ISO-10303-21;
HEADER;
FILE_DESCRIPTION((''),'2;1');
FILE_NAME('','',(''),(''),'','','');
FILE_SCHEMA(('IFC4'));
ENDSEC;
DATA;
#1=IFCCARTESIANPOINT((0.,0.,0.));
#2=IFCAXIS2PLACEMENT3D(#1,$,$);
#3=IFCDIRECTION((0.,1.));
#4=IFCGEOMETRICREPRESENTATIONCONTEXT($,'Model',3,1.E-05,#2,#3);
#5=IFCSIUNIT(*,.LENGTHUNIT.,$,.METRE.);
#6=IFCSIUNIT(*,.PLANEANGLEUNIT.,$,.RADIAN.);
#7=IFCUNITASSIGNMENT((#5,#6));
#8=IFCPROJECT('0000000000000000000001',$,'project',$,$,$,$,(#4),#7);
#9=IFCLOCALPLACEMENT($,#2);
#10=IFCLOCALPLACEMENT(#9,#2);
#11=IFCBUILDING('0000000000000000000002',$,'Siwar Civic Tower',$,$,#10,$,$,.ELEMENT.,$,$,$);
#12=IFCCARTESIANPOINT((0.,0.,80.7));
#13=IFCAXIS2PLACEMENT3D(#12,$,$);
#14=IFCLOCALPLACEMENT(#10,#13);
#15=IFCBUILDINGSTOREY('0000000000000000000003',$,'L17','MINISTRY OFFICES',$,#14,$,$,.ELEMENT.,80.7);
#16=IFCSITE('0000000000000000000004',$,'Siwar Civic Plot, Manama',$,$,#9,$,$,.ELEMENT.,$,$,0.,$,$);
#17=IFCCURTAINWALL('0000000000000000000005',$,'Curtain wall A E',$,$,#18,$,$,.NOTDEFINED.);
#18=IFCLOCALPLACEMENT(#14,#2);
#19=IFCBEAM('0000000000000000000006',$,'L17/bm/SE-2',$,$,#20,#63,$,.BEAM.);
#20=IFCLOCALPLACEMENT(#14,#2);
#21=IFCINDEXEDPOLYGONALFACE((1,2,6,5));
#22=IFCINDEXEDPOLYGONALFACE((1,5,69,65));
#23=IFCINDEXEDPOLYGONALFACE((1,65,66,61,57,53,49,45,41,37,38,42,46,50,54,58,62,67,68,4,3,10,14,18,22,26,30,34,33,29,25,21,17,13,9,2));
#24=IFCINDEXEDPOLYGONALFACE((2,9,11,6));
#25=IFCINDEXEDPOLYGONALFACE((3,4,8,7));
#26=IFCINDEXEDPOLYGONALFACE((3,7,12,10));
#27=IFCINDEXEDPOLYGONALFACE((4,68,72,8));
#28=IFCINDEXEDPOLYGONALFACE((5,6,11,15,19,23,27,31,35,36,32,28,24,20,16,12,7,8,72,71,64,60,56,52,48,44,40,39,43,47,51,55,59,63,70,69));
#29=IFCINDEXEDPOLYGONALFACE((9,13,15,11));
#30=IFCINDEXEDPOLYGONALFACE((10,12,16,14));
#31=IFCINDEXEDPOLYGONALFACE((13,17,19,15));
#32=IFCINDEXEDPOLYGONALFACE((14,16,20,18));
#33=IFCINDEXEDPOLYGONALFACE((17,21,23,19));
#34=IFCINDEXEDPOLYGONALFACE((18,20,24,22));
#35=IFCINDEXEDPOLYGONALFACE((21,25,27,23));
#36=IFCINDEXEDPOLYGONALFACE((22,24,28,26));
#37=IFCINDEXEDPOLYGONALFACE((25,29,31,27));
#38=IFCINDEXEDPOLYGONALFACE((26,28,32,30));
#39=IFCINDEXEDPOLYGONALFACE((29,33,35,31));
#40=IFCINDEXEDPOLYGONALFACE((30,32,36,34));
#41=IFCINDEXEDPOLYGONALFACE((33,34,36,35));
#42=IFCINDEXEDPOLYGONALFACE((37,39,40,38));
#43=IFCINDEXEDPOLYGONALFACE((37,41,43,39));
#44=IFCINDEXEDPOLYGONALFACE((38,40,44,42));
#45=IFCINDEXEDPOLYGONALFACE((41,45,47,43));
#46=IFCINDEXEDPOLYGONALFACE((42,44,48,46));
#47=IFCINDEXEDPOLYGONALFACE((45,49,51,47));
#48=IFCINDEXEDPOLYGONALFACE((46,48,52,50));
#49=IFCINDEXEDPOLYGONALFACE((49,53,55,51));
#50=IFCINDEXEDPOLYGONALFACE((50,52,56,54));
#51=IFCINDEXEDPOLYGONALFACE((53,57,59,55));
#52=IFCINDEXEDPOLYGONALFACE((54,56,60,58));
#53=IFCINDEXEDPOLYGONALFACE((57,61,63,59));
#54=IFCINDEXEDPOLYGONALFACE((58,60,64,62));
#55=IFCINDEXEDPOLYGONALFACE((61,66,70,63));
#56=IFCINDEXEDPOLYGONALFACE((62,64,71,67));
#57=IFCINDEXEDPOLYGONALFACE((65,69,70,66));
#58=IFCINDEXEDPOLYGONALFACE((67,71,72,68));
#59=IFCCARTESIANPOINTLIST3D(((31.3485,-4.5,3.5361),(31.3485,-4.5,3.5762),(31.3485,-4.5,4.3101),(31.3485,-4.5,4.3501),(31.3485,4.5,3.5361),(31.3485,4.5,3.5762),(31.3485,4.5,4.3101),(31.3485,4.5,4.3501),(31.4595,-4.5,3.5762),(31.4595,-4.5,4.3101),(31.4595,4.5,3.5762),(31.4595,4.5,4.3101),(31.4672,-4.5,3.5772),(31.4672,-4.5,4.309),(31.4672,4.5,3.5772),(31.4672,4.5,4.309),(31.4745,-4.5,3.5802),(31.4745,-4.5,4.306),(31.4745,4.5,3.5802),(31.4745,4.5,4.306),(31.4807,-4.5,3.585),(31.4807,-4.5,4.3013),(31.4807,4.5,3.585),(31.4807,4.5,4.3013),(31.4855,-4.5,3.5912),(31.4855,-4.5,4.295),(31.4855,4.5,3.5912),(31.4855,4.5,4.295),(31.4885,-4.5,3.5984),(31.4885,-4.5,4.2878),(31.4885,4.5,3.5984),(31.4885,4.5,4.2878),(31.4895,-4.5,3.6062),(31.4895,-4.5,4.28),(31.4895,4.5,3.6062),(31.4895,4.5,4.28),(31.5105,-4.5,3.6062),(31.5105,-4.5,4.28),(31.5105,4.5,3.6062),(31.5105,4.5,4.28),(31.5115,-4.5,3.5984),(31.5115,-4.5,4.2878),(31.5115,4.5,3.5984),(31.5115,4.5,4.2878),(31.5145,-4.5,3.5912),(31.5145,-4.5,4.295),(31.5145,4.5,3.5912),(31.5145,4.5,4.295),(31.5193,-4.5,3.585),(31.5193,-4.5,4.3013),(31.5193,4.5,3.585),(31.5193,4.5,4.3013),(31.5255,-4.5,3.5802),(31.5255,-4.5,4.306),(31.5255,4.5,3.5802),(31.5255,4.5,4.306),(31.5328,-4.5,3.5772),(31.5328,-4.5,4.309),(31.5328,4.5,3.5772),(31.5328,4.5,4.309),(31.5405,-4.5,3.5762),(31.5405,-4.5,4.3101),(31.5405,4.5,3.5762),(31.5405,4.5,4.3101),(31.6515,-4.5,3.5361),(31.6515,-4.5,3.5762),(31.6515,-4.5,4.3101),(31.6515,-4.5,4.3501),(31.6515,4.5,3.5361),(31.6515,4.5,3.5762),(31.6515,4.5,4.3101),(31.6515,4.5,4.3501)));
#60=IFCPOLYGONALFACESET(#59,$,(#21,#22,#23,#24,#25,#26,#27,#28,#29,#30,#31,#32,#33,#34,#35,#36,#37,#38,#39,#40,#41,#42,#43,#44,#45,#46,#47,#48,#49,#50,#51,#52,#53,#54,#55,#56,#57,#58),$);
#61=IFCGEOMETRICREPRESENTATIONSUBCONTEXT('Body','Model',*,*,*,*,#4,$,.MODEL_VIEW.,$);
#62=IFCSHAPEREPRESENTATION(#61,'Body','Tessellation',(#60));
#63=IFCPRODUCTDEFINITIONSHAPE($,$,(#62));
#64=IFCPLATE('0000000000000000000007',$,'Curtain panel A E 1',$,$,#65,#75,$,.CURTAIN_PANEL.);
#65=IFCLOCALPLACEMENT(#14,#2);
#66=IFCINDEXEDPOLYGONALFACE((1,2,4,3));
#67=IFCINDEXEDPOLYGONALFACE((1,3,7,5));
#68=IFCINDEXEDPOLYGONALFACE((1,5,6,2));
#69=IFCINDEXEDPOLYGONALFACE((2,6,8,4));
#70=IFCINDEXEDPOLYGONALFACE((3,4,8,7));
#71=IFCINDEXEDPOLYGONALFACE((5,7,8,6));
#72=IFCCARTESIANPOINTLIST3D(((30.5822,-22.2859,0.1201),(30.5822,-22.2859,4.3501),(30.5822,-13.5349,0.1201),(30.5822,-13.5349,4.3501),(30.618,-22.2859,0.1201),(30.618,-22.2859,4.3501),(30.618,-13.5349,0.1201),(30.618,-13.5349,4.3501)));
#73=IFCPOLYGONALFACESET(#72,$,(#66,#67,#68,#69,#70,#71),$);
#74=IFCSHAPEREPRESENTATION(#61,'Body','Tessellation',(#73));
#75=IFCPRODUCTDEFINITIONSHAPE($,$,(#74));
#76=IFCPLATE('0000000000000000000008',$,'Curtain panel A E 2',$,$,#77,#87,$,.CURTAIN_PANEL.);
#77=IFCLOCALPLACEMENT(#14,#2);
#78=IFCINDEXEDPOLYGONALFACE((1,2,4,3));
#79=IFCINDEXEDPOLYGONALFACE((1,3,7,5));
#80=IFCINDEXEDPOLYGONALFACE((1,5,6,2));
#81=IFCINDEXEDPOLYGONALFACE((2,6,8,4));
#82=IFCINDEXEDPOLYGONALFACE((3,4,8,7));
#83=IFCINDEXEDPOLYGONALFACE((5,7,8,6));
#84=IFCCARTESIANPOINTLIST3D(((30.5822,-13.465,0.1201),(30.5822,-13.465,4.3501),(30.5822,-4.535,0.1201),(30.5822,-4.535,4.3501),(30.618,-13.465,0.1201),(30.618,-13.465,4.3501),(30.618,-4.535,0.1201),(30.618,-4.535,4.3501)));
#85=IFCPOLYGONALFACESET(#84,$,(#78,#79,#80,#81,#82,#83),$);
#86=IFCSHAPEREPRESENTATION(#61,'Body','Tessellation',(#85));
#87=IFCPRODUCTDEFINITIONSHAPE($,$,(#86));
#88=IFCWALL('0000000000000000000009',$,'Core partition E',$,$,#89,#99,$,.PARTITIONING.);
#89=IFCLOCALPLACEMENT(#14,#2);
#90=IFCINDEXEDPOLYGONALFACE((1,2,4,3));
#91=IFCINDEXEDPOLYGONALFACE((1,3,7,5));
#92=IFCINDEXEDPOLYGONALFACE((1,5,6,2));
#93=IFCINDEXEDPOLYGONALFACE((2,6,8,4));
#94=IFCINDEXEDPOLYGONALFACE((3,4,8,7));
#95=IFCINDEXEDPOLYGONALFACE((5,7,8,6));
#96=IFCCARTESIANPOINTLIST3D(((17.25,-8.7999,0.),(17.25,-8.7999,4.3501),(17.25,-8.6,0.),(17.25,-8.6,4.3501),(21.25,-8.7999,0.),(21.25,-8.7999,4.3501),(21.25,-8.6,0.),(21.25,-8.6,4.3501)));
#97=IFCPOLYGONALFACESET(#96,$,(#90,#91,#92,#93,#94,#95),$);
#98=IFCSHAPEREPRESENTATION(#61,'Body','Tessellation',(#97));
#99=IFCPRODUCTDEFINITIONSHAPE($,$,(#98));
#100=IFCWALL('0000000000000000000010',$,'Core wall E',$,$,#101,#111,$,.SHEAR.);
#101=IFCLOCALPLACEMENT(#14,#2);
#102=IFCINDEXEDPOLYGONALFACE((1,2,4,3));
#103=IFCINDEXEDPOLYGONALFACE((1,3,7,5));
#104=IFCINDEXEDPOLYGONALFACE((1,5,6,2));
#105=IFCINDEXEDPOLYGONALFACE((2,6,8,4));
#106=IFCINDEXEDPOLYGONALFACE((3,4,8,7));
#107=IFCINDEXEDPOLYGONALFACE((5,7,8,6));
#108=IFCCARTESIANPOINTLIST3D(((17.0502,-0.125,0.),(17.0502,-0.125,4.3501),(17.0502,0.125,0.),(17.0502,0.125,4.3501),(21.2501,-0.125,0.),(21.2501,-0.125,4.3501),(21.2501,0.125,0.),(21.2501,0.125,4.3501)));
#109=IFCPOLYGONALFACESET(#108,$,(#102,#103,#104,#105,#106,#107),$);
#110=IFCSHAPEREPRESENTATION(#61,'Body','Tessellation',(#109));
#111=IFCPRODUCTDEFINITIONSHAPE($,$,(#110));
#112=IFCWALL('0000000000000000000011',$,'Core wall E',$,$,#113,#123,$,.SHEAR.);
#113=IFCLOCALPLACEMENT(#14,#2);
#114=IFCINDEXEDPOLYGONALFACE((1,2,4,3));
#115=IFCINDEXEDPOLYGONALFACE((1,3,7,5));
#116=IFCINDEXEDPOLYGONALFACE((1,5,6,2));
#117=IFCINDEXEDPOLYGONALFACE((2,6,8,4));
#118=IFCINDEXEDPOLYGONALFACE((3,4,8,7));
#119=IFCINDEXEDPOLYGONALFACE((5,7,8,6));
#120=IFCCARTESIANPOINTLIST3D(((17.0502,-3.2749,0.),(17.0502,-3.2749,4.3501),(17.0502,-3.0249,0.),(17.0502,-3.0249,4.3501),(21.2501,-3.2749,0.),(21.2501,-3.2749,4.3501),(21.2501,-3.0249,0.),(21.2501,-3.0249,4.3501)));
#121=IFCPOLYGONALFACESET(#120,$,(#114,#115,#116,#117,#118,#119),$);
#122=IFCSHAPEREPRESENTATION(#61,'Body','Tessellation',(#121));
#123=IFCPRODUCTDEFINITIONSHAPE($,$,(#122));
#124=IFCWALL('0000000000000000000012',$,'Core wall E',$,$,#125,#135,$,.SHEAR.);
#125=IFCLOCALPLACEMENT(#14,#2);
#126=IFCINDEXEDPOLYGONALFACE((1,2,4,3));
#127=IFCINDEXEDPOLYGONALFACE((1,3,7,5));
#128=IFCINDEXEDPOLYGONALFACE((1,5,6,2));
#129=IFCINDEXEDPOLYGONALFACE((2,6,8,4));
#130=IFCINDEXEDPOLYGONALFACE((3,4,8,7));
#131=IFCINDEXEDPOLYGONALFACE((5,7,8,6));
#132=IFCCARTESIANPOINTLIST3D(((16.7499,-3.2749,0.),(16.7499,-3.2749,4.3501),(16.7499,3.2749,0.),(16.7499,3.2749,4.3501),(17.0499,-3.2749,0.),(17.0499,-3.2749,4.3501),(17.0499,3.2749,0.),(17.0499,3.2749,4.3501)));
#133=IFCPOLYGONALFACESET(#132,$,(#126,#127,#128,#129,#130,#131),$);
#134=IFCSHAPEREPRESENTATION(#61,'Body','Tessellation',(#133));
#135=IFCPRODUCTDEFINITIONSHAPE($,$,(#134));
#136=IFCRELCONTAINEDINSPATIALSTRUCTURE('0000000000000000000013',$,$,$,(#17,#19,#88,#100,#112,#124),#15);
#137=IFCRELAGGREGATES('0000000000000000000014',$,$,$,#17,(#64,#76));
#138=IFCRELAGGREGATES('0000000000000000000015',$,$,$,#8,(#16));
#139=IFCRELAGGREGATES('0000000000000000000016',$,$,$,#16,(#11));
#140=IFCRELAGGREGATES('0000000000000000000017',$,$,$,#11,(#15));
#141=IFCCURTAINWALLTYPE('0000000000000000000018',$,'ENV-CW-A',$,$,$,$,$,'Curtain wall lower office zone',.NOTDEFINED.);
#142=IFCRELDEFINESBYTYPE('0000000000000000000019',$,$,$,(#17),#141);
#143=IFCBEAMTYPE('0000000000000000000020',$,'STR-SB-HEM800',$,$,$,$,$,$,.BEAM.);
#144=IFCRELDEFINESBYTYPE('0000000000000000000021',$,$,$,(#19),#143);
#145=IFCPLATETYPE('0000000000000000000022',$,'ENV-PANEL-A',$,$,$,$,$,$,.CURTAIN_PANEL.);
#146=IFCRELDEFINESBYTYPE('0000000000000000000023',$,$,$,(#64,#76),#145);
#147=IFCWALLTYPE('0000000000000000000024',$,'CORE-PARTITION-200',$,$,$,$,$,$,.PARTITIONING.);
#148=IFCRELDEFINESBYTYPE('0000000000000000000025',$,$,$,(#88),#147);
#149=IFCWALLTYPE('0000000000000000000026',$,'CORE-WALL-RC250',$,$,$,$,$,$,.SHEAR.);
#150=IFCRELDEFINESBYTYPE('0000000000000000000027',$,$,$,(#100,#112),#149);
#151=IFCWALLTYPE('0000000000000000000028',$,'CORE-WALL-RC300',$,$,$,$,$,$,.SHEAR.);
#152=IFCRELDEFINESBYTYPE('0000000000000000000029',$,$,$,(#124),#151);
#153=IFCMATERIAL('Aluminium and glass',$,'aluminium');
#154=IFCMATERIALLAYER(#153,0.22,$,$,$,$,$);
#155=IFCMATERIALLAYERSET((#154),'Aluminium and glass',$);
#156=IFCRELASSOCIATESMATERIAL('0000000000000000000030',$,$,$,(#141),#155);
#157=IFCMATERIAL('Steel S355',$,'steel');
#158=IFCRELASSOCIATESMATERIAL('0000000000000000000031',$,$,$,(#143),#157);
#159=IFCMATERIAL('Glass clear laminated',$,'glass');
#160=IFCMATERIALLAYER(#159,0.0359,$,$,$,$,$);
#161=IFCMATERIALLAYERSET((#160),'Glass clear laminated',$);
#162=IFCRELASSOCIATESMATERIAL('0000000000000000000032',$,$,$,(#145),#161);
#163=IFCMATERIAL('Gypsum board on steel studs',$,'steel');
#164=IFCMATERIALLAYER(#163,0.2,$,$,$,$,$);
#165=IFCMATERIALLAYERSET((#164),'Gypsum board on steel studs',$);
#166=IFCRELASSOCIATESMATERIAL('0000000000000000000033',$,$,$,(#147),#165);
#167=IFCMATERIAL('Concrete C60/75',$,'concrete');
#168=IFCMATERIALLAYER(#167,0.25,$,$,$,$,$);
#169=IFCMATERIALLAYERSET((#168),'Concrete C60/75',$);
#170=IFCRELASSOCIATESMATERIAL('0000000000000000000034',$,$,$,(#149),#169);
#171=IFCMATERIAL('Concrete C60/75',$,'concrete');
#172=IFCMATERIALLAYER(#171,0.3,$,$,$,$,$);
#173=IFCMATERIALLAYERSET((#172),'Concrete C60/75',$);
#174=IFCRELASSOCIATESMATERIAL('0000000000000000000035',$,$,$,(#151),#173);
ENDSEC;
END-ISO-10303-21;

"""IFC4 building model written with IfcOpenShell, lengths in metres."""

from ifc_helpers import new_model, si_unit, direction, frame, frame_2d, origin, origin_2d, place, context, subcontext, project, spatial, rectangle, i_section, extrude, material, layer, layer_set, material_profile, profile_set, type_object, element, aggregate, save


model = new_model("IFC4")

# Units and contexts
model_context = context("Model", 3, precision=1e-05, world=origin(), true_north=direction((0.0, 1.0)))
body_context = subcontext(model_context, "Body", "Model", "MODEL_VIEW")
ifc_project = project(units=[si_unit("LENGTHUNIT", "METRE"), si_unit("PLANEANGLEUNIT", "RADIAN")], contexts=[model_context])

# Site, building, storey
site_placement = place(None, origin())
site = spatial("IfcSite", under=ifc_project, at=site_placement, Name="Siwar Civic Plot, Manama", CompositionType="ELEMENT", RefElevation=0.0)
building_placement = place(site_placement, origin())
building = spatial("IfcBuilding", under=site, at=building_placement, Name="Siwar Civic Tower", CompositionType="ELEMENT")
storey_placement = place(building_placement, frame((0.0, 0.0, 80.7)))
storey = spatial("IfcBuildingStorey", under=building, at=storey_placement, Name="L17", Description="MINISTRY OFFICES", CompositionType="ELEMENT", Elevation=80.7)

# Curtain wall
ifc_material_1 = material(Name="Aluminium and glass", Category="aluminium")
ifc_layer_1 = layer(ifc_material_1, 0.22)
ifc_layer_set_1 = layer_set([ifc_layer_1], Name="Aluminium and glass")
curtain_wall_type = type_object("IfcCurtainWallType", Name="ENV-CW-A", ElementType="Curtain wall lower office zone", PredefinedType="NOTDEFINED", material=ifc_layer_set_1)
curtain_wall_placement = place(storey_placement, origin())
curtain_wall = element("IfcCurtainWall", 1, at=curtain_wall_placement, inside=storey, type_object=curtain_wall_type, Name="Curtain wall A E", PredefinedType="NOTDEFINED")

# Beam
ifc_material_2 = material(Name="Steel S355", Category="steel")
ifc_material_profile_1 = material_profile(ifc_material_2, i_section(OverallWidth=0.303, OverallDepth=0.814, WebThickness=0.021, FlangeThickness=0.04, FilletRadius=0.03, at=origin_2d()), Name="HEM800")
ifc_profile_set_1 = profile_set([ifc_material_profile_1], Name="Steel S355")
beam_type_1 = type_object("IfcBeamType", Name="STR-SB-HEM800", PredefinedType="BEAM", material=ifc_profile_set_1)
for number, where, z_axis, x_axis, name in (
    (2, (31.5, -4.5, 3.9431), (0.0, 1.0, 0.0), (-1.0, 0.0, 0.0), "L17/bm/SE-2"),
):
    element("IfcBeam", number, at=place(storey_placement, frame(where, z_axis=z_axis, x_axis=x_axis)), inside=storey, type_object=beam_type_1, Name=name, PredefinedType="BEAM", context=body_context, shape_type="SweptSolid", body=[
        extrude(i_section(OverallWidth=0.303, OverallDepth=0.814, WebThickness=0.021, FlangeThickness=0.04, FilletRadius=0.03, at=origin_2d()), origin(), (0.0, 0.0, 1.0), 9.0),
    ])

# Plates
ifc_material_3 = material(Name="Glass clear laminated", Category="glass")
ifc_layer_2 = layer(ifc_material_3, 0.0359)
ifc_layer_set_2 = layer_set([ifc_layer_2], Name="Glass clear laminated")
plate_type = type_object("IfcPlateType", Name="ENV-PANEL-A", PredefinedType="CURTAIN_PANEL", material=ifc_layer_set_2)
plate_1_placement = place(storey_placement, frame((30.6001, -17.9104, 0.1201), z_axis=(0.0, 0.0, 1.0), x_axis=(0.0, 1.0, 0.0)))
plate_1 = element("IfcPlate", 3, at=plate_1_placement, type_object=plate_type, Name="Curtain panel A E 1", PredefinedType="CURTAIN_PANEL", context=body_context, shape_type="SweptSolid", body=[
    extrude(rectangle(XDim=8.751, YDim=0.0359, at=origin_2d()), origin(), (0.0, 0.0, 1.0), 4.23),
])
plate_2_placement = place(storey_placement, frame((30.6001, -9.0, 0.1201), z_axis=(0.0, 0.0, 1.0), x_axis=(0.0, 1.0, 0.0)))
plate_2 = element("IfcPlate", 4, at=plate_2_placement, type_object=plate_type, Name="Curtain panel A E 2", PredefinedType="CURTAIN_PANEL", context=body_context, shape_type="SweptSolid", body=[
    extrude(rectangle(XDim=8.9299, YDim=0.0359, at=origin_2d()), origin(), (0.0, 0.0, 1.0), 4.23),
])
aggregate(curtain_wall, [plate_1, plate_2])

# Walls
ifc_material_4 = material(Name="Gypsum board on steel studs", Category="steel")
ifc_layer_3 = layer(ifc_material_4, 0.2)
ifc_layer_set_3 = layer_set([ifc_layer_3], Name="Gypsum board on steel studs")
wall_type_1 = type_object("IfcWallType", Name="CORE-PARTITION-200", PredefinedType="PARTITIONING", material=ifc_layer_set_3)
wall_1_placement = place(storey_placement, frame((17.25, -8.7, 0.0), z_axis=(0.0, 0.0, 1.0), x_axis=(1.0, 0.0, 0.0)))
element("IfcWall", 5, at=wall_1_placement, inside=storey, type_object=wall_type_1, Name="Core partition E", PredefinedType="PARTITIONING", context=body_context, shape_type="SweptSolid", body=[
    extrude(rectangle(XDim=4.0, YDim=0.2, at=frame_2d((2.0, 0.0))), origin(), (0.0, 0.0, 1.0), 4.3501),
])
ifc_material_5 = material(Name="Concrete C60/75", Category="concrete")
ifc_layer_4 = layer(ifc_material_5, 0.25)
ifc_layer_set_4 = layer_set([ifc_layer_4], Name="Concrete C60/75")
wall_type_2 = type_object("IfcWallType", Name="CORE-WALL-RC250", PredefinedType="SHEAR", material=ifc_layer_set_4)
for number, where, z_axis, x_axis, name in (
    (6, (17.05, 0.0, 0.0), (0.0, 0.0, 1.0), (1.0, 0.0, 0.0), "Core wall E"),
    (7, (17.05, -3.1499, 0.0), (0.0, 0.0, 1.0), (1.0, 0.0, 0.0), "Core wall E"),
):
    element("IfcWall", number, at=place(storey_placement, frame(where, z_axis=z_axis, x_axis=x_axis)), inside=storey, type_object=wall_type_2, Name=name, PredefinedType="SHEAR", context=body_context, shape_type="SweptSolid", body=[
        extrude(rectangle(XDim=4.2, YDim=0.25, at=frame_2d((2.1001, 0.0))), origin(), (0.0, 0.0, 1.0), 4.3501),
    ])
ifc_material_6 = material(Name="Concrete C60/75", Category="concrete")
ifc_layer_5 = layer(ifc_material_6, 0.3)
ifc_layer_set_5 = layer_set([ifc_layer_5], Name="Concrete C60/75")
wall_type_3 = type_object("IfcWallType", Name="CORE-WALL-RC300", PredefinedType="SHEAR", material=ifc_layer_set_5)
wall_2_placement = place(storey_placement, frame((16.8999, -3.2749, 0.0), z_axis=(0.0, 0.0, 1.0), x_axis=(0.0, 1.0, 0.0)))
element("IfcWall", 8, at=wall_2_placement, inside=storey, type_object=wall_type_3, Name="Core wall E", PredefinedType="SHEAR", context=body_context, shape_type="SweptSolid", body=[
    extrude(rectangle(XDim=6.5498, YDim=0.3, at=frame_2d((3.2749, 0.0))), origin(), (0.0, 0.0, 1.0), 4.3501),
])

save(model, "model.ifc")
